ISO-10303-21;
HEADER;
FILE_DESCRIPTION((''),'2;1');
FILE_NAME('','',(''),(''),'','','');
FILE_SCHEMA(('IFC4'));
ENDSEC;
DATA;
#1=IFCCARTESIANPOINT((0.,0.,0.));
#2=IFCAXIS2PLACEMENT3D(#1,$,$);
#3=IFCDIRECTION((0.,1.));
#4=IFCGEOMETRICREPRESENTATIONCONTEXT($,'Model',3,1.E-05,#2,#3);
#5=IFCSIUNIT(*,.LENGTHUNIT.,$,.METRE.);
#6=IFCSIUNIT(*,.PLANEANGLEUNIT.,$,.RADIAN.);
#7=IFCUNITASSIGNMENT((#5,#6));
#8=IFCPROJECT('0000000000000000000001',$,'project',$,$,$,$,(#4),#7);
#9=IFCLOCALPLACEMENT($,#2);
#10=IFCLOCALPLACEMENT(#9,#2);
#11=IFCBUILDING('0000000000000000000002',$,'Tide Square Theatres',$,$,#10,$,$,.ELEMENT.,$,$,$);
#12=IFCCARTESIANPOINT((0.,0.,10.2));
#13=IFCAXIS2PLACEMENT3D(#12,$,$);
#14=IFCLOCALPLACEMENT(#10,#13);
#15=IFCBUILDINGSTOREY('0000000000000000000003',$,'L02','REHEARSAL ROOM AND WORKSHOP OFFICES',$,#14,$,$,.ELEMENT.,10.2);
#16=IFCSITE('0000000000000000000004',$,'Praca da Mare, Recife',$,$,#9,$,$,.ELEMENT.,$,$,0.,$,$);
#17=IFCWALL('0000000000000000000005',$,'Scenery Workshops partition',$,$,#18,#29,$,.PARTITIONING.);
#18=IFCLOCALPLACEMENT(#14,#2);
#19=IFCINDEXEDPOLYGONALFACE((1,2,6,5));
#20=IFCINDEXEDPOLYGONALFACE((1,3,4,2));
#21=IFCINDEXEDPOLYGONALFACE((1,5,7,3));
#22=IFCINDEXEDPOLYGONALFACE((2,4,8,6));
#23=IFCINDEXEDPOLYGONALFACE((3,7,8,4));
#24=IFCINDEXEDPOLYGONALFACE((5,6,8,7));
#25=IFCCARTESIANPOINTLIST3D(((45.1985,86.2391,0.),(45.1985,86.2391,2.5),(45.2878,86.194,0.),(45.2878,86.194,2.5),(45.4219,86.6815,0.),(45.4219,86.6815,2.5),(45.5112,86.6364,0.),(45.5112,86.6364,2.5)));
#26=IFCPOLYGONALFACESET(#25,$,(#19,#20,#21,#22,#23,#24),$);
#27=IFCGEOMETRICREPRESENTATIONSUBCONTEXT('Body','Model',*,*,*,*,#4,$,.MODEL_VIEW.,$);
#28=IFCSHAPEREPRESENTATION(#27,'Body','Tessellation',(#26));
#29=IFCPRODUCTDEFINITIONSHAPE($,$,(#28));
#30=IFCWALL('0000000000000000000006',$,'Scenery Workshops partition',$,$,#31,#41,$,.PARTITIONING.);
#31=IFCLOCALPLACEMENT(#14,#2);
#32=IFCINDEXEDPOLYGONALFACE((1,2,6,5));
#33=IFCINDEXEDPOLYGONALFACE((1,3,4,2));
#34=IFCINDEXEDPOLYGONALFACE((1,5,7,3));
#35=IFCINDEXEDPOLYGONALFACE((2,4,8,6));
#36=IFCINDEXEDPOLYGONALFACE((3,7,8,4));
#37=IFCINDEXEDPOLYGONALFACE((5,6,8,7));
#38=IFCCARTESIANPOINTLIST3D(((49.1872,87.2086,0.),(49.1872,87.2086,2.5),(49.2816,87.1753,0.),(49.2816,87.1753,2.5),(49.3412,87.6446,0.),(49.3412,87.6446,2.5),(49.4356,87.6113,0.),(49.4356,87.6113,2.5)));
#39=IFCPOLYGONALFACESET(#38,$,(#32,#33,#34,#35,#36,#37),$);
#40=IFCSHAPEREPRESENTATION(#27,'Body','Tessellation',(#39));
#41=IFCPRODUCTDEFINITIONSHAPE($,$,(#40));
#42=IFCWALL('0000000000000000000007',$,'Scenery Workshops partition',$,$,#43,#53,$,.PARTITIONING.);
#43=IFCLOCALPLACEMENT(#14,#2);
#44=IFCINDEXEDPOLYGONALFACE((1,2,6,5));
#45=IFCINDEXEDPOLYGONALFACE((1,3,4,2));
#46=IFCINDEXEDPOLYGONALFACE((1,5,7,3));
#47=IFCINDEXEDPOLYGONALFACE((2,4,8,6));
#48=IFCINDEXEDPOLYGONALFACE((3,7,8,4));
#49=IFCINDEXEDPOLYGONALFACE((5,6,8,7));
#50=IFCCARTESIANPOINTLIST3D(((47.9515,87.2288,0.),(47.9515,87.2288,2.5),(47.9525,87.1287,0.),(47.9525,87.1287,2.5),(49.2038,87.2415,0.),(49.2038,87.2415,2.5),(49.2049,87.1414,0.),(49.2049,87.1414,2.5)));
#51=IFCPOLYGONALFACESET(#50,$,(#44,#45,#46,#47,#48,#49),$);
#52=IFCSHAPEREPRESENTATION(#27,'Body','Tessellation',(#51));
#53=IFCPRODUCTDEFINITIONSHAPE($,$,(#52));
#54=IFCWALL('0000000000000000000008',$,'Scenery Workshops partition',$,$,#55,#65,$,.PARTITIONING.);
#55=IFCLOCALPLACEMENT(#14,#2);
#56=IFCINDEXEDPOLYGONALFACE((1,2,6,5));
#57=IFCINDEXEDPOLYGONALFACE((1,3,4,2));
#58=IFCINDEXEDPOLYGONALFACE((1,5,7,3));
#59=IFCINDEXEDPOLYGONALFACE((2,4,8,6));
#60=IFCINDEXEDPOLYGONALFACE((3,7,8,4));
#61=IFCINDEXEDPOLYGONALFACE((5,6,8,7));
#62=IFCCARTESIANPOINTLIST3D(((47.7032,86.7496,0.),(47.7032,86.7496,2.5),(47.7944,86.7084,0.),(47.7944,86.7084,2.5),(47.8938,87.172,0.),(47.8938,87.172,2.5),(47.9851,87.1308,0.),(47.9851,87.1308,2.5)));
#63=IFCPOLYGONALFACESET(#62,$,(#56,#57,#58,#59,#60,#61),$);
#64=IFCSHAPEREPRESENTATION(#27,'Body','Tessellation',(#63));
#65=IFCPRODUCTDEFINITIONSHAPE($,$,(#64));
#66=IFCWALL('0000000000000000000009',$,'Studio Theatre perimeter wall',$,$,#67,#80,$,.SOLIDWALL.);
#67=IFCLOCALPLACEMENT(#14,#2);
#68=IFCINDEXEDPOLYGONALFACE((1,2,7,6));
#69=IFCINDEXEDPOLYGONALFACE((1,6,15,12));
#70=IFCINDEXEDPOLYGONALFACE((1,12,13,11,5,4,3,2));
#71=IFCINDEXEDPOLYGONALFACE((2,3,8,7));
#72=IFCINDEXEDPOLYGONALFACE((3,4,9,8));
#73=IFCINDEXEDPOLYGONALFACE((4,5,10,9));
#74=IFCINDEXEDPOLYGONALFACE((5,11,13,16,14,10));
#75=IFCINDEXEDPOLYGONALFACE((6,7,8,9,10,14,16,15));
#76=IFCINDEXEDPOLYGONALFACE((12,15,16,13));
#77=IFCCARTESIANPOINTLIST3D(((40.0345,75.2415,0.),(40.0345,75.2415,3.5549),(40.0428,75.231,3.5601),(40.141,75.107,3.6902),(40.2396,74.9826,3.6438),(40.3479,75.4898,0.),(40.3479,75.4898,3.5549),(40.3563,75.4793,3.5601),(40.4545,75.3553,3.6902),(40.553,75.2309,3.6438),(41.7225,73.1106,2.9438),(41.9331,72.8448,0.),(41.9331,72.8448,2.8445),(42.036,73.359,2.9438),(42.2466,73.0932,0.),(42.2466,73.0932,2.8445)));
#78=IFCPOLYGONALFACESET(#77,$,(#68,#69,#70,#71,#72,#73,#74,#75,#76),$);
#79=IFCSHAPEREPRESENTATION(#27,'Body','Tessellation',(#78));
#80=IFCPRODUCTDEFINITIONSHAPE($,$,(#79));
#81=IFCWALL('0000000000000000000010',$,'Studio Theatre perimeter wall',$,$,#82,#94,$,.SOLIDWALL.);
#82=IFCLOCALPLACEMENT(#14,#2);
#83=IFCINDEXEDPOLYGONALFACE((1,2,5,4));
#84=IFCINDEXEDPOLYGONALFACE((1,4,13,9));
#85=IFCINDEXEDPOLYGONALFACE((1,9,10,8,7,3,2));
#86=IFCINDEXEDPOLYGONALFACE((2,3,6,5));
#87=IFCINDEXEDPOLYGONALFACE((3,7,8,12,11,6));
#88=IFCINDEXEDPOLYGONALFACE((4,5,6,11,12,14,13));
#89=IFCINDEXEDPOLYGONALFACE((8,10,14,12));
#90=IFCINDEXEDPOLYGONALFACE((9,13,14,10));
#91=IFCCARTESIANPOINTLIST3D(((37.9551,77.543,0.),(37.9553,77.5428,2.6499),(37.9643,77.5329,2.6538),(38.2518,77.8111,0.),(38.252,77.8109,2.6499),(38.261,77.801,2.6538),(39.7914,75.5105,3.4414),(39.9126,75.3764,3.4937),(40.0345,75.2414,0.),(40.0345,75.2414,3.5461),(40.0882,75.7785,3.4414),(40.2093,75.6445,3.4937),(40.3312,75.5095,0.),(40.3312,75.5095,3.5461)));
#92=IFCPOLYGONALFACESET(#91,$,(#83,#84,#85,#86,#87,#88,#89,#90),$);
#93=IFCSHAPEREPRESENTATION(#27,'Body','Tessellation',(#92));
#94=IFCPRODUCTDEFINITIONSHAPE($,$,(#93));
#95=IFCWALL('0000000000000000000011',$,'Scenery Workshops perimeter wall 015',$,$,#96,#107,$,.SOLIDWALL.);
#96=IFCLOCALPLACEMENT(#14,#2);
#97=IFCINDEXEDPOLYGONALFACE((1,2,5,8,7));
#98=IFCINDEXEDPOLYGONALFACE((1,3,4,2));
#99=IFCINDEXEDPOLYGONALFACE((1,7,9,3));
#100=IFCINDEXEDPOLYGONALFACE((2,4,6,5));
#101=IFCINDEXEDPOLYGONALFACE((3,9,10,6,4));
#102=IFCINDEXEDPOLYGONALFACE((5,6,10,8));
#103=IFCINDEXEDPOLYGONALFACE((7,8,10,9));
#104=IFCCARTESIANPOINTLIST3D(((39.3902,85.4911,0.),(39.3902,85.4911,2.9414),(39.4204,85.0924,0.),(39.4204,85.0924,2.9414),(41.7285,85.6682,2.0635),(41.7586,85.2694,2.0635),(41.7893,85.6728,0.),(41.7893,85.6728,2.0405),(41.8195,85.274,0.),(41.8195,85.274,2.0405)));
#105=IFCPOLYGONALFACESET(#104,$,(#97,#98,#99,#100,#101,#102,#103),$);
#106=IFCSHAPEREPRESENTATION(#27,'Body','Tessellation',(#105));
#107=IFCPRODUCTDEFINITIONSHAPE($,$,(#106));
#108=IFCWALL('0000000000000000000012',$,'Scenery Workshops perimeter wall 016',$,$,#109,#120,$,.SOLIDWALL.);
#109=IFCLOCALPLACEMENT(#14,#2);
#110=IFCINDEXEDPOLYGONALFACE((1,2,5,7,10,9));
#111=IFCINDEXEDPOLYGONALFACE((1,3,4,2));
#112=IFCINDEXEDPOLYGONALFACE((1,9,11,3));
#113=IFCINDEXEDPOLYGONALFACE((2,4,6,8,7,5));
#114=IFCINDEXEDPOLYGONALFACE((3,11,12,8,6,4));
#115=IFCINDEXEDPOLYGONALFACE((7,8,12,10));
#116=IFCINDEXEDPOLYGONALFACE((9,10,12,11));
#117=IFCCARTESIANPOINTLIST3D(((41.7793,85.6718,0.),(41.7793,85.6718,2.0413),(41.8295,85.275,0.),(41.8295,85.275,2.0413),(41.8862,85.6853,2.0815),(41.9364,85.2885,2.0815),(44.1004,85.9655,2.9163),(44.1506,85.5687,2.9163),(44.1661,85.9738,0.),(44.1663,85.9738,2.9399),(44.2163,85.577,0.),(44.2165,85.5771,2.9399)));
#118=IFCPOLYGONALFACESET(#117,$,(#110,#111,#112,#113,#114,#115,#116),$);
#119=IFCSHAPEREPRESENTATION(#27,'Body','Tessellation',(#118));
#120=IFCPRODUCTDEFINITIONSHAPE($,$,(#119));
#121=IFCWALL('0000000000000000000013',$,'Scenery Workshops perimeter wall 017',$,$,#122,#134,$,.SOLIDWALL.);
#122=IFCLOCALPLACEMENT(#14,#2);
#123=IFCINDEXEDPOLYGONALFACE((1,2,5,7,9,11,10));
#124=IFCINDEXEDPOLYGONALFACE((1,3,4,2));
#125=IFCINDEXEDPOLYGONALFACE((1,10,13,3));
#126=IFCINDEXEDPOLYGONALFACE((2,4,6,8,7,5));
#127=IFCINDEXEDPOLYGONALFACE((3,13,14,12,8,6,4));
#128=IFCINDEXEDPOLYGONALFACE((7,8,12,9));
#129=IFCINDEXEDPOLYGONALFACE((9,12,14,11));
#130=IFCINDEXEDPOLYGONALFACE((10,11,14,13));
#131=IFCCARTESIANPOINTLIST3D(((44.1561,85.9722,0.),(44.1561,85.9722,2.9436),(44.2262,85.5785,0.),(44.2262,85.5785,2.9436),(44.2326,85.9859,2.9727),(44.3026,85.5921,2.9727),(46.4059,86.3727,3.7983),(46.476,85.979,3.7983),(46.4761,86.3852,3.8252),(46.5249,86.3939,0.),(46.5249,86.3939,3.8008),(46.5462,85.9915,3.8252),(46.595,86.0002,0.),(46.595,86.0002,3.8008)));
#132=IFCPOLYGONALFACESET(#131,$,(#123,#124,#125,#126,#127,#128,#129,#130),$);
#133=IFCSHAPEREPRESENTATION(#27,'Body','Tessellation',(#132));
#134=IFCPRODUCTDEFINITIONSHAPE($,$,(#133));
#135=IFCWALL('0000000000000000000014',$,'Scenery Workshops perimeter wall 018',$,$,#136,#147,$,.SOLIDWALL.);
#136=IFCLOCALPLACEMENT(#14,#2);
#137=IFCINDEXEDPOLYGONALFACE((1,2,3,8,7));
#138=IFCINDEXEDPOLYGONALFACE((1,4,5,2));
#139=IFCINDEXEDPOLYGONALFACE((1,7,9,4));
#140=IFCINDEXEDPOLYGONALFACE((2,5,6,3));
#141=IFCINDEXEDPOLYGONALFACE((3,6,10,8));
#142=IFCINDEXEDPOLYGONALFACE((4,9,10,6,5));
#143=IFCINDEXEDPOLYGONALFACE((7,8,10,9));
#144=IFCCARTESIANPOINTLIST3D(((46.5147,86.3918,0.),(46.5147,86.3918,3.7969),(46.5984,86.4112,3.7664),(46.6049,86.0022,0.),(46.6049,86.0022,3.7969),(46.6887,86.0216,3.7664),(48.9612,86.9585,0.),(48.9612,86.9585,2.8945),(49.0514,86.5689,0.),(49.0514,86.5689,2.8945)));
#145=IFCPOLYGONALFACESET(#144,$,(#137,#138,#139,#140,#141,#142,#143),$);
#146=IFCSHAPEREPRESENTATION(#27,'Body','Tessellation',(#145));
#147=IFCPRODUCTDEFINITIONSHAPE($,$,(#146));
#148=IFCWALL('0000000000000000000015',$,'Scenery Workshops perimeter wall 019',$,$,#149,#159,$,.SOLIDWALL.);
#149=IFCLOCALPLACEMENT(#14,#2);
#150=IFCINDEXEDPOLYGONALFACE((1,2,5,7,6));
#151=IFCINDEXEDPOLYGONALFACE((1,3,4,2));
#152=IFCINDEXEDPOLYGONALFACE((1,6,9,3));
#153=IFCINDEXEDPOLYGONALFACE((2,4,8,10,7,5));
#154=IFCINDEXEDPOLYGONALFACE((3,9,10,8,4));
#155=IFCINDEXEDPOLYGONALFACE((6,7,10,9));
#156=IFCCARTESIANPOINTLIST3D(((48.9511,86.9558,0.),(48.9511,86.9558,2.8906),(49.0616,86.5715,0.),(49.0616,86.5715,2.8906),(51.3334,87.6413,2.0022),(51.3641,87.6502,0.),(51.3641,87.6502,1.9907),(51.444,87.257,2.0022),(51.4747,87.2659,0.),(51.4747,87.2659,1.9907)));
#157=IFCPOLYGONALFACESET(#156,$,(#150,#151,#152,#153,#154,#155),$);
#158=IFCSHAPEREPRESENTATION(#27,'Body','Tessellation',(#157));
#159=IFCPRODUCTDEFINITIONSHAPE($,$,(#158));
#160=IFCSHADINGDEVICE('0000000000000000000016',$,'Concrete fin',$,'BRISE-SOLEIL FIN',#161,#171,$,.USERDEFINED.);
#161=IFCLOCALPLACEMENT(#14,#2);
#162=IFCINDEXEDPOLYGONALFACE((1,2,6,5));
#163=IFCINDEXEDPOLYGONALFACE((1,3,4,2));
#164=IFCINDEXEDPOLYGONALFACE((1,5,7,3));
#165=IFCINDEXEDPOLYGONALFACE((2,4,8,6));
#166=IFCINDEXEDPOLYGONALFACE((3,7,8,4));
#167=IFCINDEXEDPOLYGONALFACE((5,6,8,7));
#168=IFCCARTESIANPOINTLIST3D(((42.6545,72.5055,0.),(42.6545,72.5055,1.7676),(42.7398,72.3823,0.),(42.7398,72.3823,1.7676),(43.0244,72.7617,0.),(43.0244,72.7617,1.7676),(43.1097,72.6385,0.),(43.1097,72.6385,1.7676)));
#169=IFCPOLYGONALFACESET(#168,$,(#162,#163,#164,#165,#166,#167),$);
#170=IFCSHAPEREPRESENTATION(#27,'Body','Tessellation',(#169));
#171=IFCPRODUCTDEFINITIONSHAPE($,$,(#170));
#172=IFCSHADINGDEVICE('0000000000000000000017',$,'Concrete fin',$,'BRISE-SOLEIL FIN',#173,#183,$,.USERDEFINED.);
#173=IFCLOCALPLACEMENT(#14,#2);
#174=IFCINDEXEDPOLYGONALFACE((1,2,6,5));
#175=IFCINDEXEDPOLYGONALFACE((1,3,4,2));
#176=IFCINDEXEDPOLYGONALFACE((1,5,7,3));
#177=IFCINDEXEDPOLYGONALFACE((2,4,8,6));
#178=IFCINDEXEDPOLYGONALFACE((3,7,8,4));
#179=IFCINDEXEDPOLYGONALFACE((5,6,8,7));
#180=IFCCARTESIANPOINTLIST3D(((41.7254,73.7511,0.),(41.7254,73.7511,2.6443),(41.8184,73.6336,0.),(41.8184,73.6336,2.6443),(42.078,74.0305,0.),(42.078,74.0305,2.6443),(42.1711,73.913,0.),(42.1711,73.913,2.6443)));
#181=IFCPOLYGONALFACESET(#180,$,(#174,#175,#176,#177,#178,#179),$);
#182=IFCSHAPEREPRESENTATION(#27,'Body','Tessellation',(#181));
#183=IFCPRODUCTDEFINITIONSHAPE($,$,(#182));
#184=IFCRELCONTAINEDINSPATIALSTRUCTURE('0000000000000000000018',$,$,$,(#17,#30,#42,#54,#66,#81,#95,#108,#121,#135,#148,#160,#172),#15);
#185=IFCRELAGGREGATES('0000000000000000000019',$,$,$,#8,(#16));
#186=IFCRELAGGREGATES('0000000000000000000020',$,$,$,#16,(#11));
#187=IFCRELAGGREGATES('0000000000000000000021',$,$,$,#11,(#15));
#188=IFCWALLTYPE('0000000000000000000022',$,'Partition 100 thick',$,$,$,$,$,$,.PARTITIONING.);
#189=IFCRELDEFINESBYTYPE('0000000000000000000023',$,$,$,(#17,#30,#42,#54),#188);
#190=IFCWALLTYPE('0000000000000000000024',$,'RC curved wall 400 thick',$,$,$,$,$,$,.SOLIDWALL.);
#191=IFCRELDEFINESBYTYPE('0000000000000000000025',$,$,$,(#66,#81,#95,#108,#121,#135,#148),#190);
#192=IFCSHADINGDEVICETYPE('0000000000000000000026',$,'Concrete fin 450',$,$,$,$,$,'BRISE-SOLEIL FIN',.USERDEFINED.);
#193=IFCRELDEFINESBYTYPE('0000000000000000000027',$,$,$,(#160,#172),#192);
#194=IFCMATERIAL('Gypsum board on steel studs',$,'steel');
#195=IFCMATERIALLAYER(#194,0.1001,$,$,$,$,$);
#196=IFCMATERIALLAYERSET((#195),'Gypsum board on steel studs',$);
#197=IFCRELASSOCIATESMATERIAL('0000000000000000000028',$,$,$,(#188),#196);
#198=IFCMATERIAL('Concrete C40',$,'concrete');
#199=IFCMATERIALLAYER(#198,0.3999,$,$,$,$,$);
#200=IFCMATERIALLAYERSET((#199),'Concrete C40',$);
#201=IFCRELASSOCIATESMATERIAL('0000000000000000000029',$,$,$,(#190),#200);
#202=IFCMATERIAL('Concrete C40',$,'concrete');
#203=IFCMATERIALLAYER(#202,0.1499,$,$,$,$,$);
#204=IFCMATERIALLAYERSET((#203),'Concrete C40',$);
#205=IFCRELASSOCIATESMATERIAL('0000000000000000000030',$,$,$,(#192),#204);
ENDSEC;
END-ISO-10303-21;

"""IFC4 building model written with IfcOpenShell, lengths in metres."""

from ifc_helpers import new_model, si_unit, direction, frame, frame_2d, origin, origin_2d, place, context, subcontext, project, spatial, polyline, rectangle, outline, extrude, material, layer, layer_set, type_object, element, save


model = new_model("IFC4")

# Units and contexts
model_context = context("Model", 3, precision=1e-05, world=origin(), true_north=direction((0.0, 1.0)))
body_context = subcontext(model_context, "Body", "Model", "MODEL_VIEW")
ifc_project = project(units=[si_unit("LENGTHUNIT", "METRE"), si_unit("PLANEANGLEUNIT", "RADIAN")], contexts=[model_context])

# Site, building, storey
site_placement = place(None, origin())
site = spatial("IfcSite", under=ifc_project, at=site_placement, Name="Praca da Mare, Recife", CompositionType="ELEMENT", RefElevation=0.0)
building_placement = place(site_placement, origin())
building = spatial("IfcBuilding", under=site, at=building_placement, Name="Tide Square Theatres", CompositionType="ELEMENT")
storey_placement = place(building_placement, frame((0.0, 0.0, 10.2)))
storey = spatial("IfcBuildingStorey", under=building, at=storey_placement, Name="L02", Description="REHEARSAL ROOM AND WORKSHOP OFFICES", CompositionType="ELEMENT", Elevation=10.2)

# Walls
ifc_material_1 = material(Name="Gypsum board on steel studs", Category="steel")
ifc_layer_1 = layer(ifc_material_1, 0.1001)
ifc_layer_set_1 = layer_set([ifc_layer_1], Name="Gypsum board on steel studs")
wall_type_1 = type_object("IfcWallType", Name="Partition 100 thick", PredefinedType="PARTITIONING", material=ifc_layer_set_1)
wall_1_placement = place(storey_placement, frame((45.4666, 86.6589, 0.0), z_axis=(0.0, 0.0, 1.0), x_axis=(-0.450757, -0.892647, 0.0)))
element("IfcWall", 1, at=wall_1_placement, inside=storey, type_object=wall_type_1, Name="Scenery Workshops partition", PredefinedType="PARTITIONING", context=body_context, shape_type="SweptSolid", body=[
    extrude(rectangle(XDim=0.4956, YDim=0.1001, at=frame_2d((0.2478, 0.0))), origin(), (0.0, 0.0, 1.0), 2.5),
])
wall_2_placement = place(storey_placement, frame((49.3884, 87.6279, 0.0), z_axis=(0.0, 0.0, 1.0), x_axis=(-0.333124, -0.942883, 0.0)))
element("IfcWall", 2, at=wall_2_placement, inside=storey, type_object=wall_type_1, Name="Scenery Workshops partition", PredefinedType="PARTITIONING", context=body_context, shape_type="SweptSolid", body=[
    extrude(rectangle(XDim=0.4624, YDim=0.1001, at=frame_2d((0.2312, 0.0))), origin(), (0.0, 0.0, 1.0), 2.5),
])
wall_3_placement = place(storey_placement, frame((49.2043, 87.1914, 0.0), z_axis=(0.0, 0.0, 1.0), x_axis=(-0.999949, -0.010136, 0.0)))
element("IfcWall", 3, at=wall_3_placement, inside=storey, type_object=wall_type_1, Name="Scenery Workshops partition", PredefinedType="PARTITIONING", context=body_context, shape_type="SweptSolid", body=[
    extrude(rectangle(XDim=1.2524, YDim=0.1001, at=frame_2d((0.6262, 0.0))), origin(), (0.0, 0.0, 1.0), 2.5),
])
wall_4_placement = place(storey_placement, frame((47.9395, 87.1514, 0.0), z_axis=(0.0, 0.0, 1.0), x_axis=(-0.41146, -0.911428, 0.0)))
element("IfcWall", 4, at=wall_4_placement, inside=storey, type_object=wall_type_1, Name="Scenery Workshops partition", PredefinedType="PARTITIONING", context=body_context, shape_type="SweptSolid", body=[
    extrude(rectangle(XDim=0.4634, YDim=0.1001, at=frame_2d((0.2317, 0.0))), origin(), (0.0, 0.0, 1.0), 2.5),
])
ifc_material_2 = material(Name="Concrete C40", Category="concrete")
ifc_layer_2 = layer(ifc_material_2, 0.3999)
ifc_layer_set_2 = layer_set([ifc_layer_2], Name="Concrete C40")
wall_type_2 = type_object("IfcWallType", Name="RC curved wall 400 thick", PredefinedType="SOLIDWALL", material=ifc_layer_set_2)
wall_5_placement = place(storey_placement, frame((42.0898, 72.969, 0.0), z_axis=(0.0, 0.0, 1.0), x_axis=(-0.620959, 0.783843, 0.0)))
element("IfcWall", 5, at=wall_5_placement, inside=storey, type_object=wall_type_2, Name="Studio Theatre perimeter wall", PredefinedType="SOLIDWALL", context=body_context, shape_type="SweptSolid", body=[
    extrude(outline(polyline([(0.0, 0.0), (3.0576, 0.0), (3.0576, 3.5549), (3.0442, 3.5601), (2.886, 3.6902), (2.7273, 3.6438), (0.3391, 2.9438), (0.0, 2.8445), (0.0, 0.0)])), frame((0.0, 0.2, 0.0), z_axis=(0.0, -1.0, 0.0), x_axis=(1.0, 0.0, 0.0)), (0.0, 0.0, 1.0), 0.3999),
])
wall_6_placement = place(storey_placement, frame((40.1829, 75.3755, 0.0), z_axis=(0.0, 0.0, 1.0), x_axis=(-0.670386, 0.742013, 0.0)))
element("IfcWall", 6, at=wall_6_placement, inside=storey, type_object=wall_type_2, Name="Studio Theatre perimeter wall", PredefinedType="SOLIDWALL", context=body_context, shape_type="SweptSolid", body=[
    extrude(outline(polyline([(0.0, 0.0), (3.1018, 0.0), (3.1016, 2.6499), (3.0881, 2.6538), (0.3625, 3.4414), (0.1819, 3.4937), (0.0, 3.5461), (0.0, 0.0)])), frame((0.0, 0.2, 0.0), z_axis=(0.0, -1.0, 0.0), x_axis=(1.0, 0.0, 0.0)), (0.0, 0.0, 1.0), 0.3999),
])
wall_7_placement = place(storey_placement, frame((39.4053, 85.2917, 0.0), z_axis=(0.0, 0.0, 1.0), x_axis=(0.997146, 0.075494, 0.0)))
element("IfcWall", 7, at=wall_7_placement, inside=storey, type_object=wall_type_2, Name="Scenery Workshops perimeter wall 015", PredefinedType="SOLIDWALL", context=body_context, shape_type="SweptSolid", body=[
    extrude(outline(polyline([(0.0, 0.0), (2.406, 0.0), (2.406, 2.0405), (2.345, 2.0635), (0.0, 2.9414), (0.0, 0.0)])), frame((0.0, 0.2, 0.0), z_axis=(0.0, -1.0, 0.0), x_axis=(1.0, 0.0, 0.0)), (0.0, 0.0, 1.0), 0.3999),
])
wall_8_placement = place(storey_placement, frame((41.8044, 85.4734, 0.0), z_axis=(0.0, 0.0, 1.0), x_axis=(0.992089, 0.125533, 0.0)))
element("IfcWall", 8, at=wall_8_placement, inside=storey, type_object=wall_type_2, Name="Scenery Workshops perimeter wall 016", PredefinedType="SOLIDWALL", context=body_context, shape_type="SweptSolid", body=[
    extrude(outline(polyline([(0.0, 0.0), (2.4058, 0.0), (2.406, 2.9399), (2.3396, 2.9163), (0.1077, 2.0815), (0.0, 2.0413), (0.0, 0.0)])), frame((0.0, 0.2, 0.0), z_axis=(0.0, -1.0, 0.0), x_axis=(1.0, 0.0, 0.0)), (0.0, 0.0, 1.0), 0.3999),
])
wall_9_placement = place(storey_placement, frame((44.1912, 85.7754, 0.0), z_axis=(0.0, 0.0, 1.0), x_axis=(0.984524, 0.17525, 0.0)))
element("IfcWall", 9, at=wall_9_placement, inside=storey, type_object=wall_type_2, Name="Scenery Workshops perimeter wall 017", PredefinedType="SOLIDWALL", context=body_context, shape_type="SweptSolid", body=[
    extrude(outline(polyline([(0.0, 0.0), (2.406, 0.0), (2.406, 3.8008), (2.3564, 3.8252), (2.2852, 3.7983), (0.0776, 2.9727), (0.0, 2.9436), (0.0, 0.0)])), frame((0.0, 0.2, 0.0), z_axis=(0.0, -1.0, 0.0), x_axis=(1.0, 0.0, 0.0)), (0.0, 0.0, 1.0), 0.3999),
])
wall_10_placement = place(storey_placement, frame((46.5598, 86.197, 0.0), z_axis=(0.0, 0.0, 1.0), x_axis=(0.974211, 0.22564, 0.0)))
element("IfcWall", 10, at=wall_10_placement, inside=storey, type_object=wall_type_2, Name="Scenery Workshops perimeter wall 018", PredefinedType="SOLIDWALL", context=body_context, shape_type="SweptSolid", body=[
    extrude(outline(polyline([(0.0, 0.0), (2.5112, 0.0), (2.5112, 2.8945), (0.0859, 3.7664), (0.0, 3.7969), (0.0, 0.0)])), frame((0.0, 0.2, 0.0), z_axis=(0.0, -1.0, 0.0), x_axis=(1.0, 0.0, 0.0)), (0.0, 0.0, 1.0), 0.3999),
])
wall_11_placement = place(storey_placement, frame((49.0063, 86.7637, 0.0), z_axis=(0.0, 0.0, 1.0), x_axis=(0.961009, 0.276518, 0.0)))
element("IfcWall", 11, at=wall_11_placement, inside=storey, type_object=wall_type_2, Name="Scenery Workshops perimeter wall 019", PredefinedType="SOLIDWALL", context=body_context, shape_type="SweptSolid", body=[
    extrude(outline(polyline([(0.0, 0.0), (2.511, 0.0), (2.511, 1.9907), (2.479, 2.0022), (0.0, 2.8906), (0.0, 0.0)])), frame((0.0, 0.2, 0.0), z_axis=(0.0, -1.0, 0.0), x_axis=(1.0, 0.0, 0.0)), (0.0, 0.0, 1.0), 0.3999),
])

# Shading devices
ifc_material_3 = material(Name="Concrete C40", Category="concrete")
ifc_layer_3 = layer(ifc_material_3, 0.1499)
ifc_layer_set_3 = layer_set([ifc_layer_3], Name="Concrete C40")
shading_device_type = type_object("IfcShadingDeviceType", Name="Concrete fin 450", ElementType="BRISE-SOLEIL FIN", PredefinedType="USERDEFINED", material=ifc_layer_set_3)
shading_device_placement = place(storey_placement, frame((42.8821, 72.572, 0.0), z_axis=(0.0, 0.0, 1.0), x_axis=(-0.569366, 0.822084, 0.0)))
element("IfcShadingDevice", 12, at=shading_device_placement, inside=storey, type_object=shading_device_type, Name="Concrete fin", ObjectType="BRISE-SOLEIL FIN", PredefinedType="USERDEFINED", context=body_context, shape_type="SweptSolid", body=[
    extrude(rectangle(XDim=0.1499, YDim=0.45, at=origin_2d()), origin(), (0.0, 0.0, 1.0), 1.7676),
])
for number, where, z_axis, x_axis, name in (
    (13, (41.9482, 73.832, 0.0), (0.0, 0.0, 1.0), (-0.62097, 0.783834, 0.0), "Concrete fin"),
):
    element("IfcShadingDevice", number, at=place(storey_placement, frame(where, z_axis=z_axis, x_axis=x_axis)), inside=storey, type_object=shading_device_type, Name=name, ObjectType="BRISE-SOLEIL FIN", PredefinedType="USERDEFINED", context=body_context, shape_type="SweptSolid", body=[
        extrude(rectangle(XDim=0.1499, YDim=0.45, at=origin_2d()), origin(), (0.0, 0.0, 1.0), 2.6443),
    ])

save(model, "model.ifc")
